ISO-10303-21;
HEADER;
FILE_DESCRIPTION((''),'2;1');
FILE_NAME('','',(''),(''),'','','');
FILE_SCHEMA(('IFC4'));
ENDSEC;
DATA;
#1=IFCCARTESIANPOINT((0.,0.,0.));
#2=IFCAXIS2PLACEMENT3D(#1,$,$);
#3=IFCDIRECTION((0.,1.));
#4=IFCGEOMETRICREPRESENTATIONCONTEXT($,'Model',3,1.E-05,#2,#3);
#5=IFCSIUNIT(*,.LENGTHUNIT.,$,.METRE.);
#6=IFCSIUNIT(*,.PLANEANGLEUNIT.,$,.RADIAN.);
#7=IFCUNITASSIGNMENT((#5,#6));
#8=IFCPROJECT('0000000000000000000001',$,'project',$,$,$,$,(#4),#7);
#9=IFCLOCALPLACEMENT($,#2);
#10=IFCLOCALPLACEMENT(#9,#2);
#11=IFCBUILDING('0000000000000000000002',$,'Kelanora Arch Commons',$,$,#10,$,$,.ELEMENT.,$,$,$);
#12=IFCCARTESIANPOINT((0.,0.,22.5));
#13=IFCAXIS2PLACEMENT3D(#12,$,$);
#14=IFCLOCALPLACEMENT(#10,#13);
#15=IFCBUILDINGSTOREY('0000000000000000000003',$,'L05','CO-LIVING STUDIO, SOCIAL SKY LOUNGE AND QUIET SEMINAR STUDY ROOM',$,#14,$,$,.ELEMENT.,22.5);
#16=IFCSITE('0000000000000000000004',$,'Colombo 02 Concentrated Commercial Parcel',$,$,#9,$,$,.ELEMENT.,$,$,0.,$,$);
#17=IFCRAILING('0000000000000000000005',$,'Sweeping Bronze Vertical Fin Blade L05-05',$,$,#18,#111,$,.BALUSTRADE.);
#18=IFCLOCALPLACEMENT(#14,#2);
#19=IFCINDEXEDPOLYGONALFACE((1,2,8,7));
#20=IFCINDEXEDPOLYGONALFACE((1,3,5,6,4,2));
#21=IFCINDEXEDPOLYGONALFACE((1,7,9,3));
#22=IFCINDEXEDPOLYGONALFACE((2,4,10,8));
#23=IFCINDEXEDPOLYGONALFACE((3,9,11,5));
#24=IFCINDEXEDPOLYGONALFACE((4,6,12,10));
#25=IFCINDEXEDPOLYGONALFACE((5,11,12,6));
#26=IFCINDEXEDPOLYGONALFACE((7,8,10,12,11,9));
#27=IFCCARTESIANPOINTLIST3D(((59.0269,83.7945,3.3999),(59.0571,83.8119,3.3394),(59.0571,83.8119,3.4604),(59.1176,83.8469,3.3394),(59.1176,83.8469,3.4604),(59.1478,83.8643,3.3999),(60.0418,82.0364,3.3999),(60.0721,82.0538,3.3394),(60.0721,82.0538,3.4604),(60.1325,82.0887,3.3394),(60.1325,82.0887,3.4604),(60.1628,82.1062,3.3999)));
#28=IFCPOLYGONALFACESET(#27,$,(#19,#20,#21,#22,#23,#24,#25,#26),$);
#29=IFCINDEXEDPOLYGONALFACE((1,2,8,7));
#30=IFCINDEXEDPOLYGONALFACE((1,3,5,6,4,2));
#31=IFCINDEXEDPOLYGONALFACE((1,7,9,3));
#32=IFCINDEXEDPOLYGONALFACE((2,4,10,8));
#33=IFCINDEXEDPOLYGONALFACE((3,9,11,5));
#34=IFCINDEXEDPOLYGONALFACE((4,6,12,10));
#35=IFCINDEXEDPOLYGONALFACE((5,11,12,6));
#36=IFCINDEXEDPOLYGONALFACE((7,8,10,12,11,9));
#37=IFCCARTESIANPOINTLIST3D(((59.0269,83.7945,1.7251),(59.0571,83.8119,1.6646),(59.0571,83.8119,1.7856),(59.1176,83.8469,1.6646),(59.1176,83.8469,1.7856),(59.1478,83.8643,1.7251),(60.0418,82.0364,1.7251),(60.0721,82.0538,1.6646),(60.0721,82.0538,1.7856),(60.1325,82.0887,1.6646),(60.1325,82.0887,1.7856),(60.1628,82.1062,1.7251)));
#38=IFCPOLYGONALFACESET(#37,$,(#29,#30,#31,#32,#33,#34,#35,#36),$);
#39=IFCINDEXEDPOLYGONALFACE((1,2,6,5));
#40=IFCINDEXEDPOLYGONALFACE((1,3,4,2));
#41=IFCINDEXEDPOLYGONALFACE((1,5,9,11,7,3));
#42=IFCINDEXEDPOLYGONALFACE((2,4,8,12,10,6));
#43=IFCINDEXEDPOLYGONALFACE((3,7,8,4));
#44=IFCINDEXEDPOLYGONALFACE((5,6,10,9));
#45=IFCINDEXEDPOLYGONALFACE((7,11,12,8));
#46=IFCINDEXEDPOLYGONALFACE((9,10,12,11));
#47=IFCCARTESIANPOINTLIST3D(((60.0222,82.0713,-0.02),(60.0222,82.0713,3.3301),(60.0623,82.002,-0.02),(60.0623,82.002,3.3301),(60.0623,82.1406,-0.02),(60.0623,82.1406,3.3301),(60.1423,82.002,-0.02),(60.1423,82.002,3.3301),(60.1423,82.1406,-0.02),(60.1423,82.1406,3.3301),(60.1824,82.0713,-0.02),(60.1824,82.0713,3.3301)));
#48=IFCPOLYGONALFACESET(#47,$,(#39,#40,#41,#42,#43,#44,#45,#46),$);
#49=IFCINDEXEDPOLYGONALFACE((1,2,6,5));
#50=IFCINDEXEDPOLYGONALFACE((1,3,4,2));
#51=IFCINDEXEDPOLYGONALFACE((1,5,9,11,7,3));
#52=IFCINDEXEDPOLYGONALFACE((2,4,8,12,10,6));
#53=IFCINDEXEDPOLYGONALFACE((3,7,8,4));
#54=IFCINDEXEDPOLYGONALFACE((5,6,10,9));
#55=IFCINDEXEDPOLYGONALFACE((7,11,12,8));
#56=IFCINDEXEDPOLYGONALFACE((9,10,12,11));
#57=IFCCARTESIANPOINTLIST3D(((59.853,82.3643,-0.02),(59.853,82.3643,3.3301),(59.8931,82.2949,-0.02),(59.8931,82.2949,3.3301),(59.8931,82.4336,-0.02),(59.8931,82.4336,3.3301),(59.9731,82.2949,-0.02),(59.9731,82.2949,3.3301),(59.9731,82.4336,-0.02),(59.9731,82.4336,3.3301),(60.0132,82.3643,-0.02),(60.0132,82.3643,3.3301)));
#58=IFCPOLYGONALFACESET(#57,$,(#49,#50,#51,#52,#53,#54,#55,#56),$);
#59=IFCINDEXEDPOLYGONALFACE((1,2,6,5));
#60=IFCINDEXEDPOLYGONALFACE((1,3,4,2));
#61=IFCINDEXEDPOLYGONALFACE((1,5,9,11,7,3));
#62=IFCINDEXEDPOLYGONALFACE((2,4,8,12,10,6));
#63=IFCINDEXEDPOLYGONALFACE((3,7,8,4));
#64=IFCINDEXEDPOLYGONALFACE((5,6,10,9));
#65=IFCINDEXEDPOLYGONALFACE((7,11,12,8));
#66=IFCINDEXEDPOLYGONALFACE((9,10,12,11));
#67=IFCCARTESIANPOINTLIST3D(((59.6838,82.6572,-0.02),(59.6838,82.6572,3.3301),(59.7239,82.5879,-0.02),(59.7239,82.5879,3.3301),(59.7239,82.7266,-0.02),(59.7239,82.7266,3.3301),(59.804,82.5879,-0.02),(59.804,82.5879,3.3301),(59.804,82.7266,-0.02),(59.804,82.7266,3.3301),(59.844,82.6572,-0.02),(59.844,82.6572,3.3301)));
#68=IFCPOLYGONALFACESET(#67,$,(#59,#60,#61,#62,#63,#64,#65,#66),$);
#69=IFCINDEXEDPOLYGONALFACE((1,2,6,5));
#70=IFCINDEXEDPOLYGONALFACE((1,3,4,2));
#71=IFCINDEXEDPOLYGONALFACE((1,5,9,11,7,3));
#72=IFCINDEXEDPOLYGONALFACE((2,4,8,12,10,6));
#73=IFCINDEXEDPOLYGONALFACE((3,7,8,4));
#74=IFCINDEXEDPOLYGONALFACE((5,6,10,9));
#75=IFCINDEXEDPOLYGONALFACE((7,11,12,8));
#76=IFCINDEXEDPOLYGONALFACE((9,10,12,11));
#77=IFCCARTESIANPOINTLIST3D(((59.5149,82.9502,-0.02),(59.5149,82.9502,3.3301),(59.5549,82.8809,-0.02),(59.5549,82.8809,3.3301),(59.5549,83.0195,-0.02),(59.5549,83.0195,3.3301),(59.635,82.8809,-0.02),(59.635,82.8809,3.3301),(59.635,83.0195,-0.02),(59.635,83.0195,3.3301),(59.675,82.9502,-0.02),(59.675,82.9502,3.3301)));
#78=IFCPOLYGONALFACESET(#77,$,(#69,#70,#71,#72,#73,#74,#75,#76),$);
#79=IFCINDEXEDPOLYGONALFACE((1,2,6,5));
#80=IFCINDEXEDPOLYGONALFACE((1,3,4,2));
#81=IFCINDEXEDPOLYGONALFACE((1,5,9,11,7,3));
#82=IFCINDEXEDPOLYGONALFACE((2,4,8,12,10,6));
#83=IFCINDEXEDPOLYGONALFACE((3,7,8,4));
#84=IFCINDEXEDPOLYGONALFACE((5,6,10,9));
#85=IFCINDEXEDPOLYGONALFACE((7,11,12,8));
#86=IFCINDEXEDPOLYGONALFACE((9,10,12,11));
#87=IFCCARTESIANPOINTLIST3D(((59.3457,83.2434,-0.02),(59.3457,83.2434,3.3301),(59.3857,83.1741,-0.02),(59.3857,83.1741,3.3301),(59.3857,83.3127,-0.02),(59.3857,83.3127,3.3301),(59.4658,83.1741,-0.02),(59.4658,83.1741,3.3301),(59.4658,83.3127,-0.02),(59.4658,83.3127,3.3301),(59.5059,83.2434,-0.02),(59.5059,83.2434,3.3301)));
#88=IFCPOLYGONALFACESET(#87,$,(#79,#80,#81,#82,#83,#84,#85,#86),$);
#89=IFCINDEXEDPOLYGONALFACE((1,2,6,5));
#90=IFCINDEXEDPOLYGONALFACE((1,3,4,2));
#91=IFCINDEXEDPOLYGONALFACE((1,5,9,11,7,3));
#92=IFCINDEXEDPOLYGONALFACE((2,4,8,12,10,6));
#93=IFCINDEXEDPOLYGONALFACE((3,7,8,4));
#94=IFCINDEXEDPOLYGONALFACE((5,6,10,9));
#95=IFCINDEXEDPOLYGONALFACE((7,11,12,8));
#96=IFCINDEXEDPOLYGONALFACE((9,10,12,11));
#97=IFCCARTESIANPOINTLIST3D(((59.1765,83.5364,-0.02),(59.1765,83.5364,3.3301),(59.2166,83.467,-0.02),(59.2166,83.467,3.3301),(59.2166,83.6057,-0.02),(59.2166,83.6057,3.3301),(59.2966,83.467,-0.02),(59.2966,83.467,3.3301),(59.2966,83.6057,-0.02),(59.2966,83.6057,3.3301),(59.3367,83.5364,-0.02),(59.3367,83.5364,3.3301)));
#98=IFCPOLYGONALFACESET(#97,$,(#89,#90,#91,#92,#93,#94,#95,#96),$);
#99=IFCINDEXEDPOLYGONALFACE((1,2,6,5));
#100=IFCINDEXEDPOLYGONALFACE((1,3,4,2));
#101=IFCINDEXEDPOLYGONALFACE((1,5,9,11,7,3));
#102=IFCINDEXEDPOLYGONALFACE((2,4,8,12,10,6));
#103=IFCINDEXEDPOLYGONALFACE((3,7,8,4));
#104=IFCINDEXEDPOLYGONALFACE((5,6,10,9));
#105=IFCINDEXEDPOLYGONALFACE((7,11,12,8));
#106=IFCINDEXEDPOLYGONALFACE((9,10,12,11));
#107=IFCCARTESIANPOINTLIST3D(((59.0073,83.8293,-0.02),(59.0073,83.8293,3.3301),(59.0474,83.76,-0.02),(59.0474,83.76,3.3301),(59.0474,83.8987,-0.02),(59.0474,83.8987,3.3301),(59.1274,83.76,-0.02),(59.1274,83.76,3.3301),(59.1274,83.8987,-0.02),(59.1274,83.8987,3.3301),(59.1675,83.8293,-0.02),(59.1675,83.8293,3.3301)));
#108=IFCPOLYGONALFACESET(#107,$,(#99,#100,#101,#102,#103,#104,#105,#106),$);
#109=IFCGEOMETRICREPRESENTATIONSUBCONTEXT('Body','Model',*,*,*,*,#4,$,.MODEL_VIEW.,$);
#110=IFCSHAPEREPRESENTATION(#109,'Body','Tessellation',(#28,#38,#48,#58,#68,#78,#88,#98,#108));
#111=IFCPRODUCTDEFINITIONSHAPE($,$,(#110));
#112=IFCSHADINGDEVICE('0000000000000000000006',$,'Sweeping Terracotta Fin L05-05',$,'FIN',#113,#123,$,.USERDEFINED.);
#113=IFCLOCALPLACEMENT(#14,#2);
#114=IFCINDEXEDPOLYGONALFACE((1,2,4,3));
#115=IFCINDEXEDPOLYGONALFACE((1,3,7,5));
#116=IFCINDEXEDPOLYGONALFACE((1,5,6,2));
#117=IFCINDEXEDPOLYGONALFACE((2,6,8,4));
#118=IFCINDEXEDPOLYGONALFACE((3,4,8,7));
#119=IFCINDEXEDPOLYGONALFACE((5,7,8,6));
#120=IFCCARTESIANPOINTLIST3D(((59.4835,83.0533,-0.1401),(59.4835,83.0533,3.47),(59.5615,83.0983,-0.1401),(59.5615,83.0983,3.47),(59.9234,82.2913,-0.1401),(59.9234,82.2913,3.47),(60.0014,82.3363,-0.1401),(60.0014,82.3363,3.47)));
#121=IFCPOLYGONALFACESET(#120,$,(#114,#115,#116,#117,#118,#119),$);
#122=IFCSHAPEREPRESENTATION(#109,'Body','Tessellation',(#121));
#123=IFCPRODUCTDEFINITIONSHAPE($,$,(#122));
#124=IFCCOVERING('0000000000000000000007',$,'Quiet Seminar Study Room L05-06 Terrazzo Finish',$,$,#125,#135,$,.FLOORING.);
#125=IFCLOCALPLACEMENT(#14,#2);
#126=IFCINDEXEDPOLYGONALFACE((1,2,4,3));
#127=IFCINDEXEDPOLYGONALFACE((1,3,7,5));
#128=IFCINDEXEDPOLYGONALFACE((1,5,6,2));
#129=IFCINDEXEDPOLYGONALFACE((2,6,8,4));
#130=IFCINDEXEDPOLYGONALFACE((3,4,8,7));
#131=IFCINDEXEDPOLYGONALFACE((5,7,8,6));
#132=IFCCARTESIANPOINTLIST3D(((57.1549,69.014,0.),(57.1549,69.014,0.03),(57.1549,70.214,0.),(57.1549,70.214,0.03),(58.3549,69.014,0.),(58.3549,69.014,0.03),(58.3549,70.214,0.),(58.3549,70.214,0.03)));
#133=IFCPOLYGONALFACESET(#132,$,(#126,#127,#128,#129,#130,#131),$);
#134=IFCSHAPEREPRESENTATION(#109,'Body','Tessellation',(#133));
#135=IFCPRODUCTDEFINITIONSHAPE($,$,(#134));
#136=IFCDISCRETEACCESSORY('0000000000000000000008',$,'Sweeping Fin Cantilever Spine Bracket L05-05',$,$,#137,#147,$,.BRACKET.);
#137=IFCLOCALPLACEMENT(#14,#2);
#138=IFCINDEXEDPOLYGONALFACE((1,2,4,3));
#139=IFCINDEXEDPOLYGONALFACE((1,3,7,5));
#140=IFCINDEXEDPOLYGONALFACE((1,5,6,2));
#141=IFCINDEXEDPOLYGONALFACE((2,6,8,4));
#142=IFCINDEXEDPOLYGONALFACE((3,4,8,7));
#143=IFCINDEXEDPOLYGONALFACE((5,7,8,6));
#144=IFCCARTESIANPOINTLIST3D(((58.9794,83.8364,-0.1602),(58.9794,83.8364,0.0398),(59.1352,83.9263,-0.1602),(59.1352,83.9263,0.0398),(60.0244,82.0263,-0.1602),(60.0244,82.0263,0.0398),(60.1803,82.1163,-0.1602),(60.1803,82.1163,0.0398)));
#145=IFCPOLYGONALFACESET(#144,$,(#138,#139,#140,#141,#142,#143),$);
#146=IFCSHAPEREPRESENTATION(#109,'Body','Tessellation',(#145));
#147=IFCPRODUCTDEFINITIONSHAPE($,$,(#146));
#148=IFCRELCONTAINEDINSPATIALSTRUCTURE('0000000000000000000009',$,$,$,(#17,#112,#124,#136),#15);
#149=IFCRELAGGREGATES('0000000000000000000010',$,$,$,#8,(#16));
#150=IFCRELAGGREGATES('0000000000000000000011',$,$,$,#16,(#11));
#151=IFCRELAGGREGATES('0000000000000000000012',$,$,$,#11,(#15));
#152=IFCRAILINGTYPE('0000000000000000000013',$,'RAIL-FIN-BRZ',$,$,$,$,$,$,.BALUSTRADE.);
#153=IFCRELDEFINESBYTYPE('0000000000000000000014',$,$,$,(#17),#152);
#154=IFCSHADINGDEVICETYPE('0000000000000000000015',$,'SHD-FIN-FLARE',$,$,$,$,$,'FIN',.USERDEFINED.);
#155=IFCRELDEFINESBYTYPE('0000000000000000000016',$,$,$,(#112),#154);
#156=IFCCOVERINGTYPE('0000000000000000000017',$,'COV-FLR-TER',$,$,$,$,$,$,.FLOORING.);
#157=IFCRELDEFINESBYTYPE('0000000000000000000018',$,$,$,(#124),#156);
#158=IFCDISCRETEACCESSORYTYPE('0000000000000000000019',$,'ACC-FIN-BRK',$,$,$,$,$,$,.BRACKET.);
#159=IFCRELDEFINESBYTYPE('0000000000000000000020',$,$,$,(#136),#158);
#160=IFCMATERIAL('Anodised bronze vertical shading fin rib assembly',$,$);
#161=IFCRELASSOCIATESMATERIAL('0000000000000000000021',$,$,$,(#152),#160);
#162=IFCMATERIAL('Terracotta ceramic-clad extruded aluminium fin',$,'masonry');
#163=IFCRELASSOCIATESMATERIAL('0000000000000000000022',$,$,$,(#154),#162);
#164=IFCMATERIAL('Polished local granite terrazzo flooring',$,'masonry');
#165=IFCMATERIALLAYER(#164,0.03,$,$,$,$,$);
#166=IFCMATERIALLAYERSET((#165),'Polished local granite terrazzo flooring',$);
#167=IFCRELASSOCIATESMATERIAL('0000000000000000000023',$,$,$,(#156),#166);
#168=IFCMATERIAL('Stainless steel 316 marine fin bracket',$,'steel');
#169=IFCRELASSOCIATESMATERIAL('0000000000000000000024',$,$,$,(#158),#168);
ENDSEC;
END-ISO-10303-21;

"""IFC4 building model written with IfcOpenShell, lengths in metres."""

from ifc_helpers import new_model, si_unit, direction, frame, origin, origin_2d, place, context, subcontext, project, spatial, polyline, rectangle, outline, extrude, source, transform, mapped, material, layer, layer_set, type_object, element, save


model = new_model("IFC4")

# Units and contexts
model_context = context("Model", 3, precision=1e-05, world=origin(), true_north=direction((0.0, 1.0)))
body_context = subcontext(model_context, "Body", "Model", "MODEL_VIEW")
ifc_project = project(units=[si_unit("LENGTHUNIT", "METRE"), si_unit("PLANEANGLEUNIT", "RADIAN")], contexts=[model_context])

# Site, building, storey
site_placement = place(None, origin())
site = spatial("IfcSite", under=ifc_project, at=site_placement, Name="Colombo 02 Concentrated Commercial Parcel", CompositionType="ELEMENT", RefElevation=0.0)
building_placement = place(site_placement, origin())
building = spatial("IfcBuilding", under=site, at=building_placement, Name="Kelanora Arch Commons", CompositionType="ELEMENT")
storey_placement = place(building_placement, frame((0.0, 0.0, 22.5)))
storey = spatial("IfcBuildingStorey", under=building, at=storey_placement, Name="L05", Description="CO-LIVING STUDIO, SOCIAL SKY LOUNGE AND QUIET SEMINAR STUDY ROOM", CompositionType="ELEMENT", Elevation=22.5)

# Railing
ifc_material_1 = material(Name="Anodised bronze vertical shading fin rib assembly")
railing_type = type_object("IfcRailingType", Name="RAIL-FIN-BRZ", PredefinedType="BALUSTRADE", material=ifc_material_1)
railing_placement = place(storey_placement, frame((60.1023, 82.0713, -0.02)))
element("IfcRailing", 1, at=railing_placement, inside=storey, type_object=railing_type, Name="Sweeping Bronze Vertical Fin Blade L05-05", PredefinedType="BALUSTRADE", context=body_context, shape_type="SweptSolid", body=[
    extrude(outline(polyline([(0.0698, 0.0), (0.0349, 0.0605), (-0.0349, 0.0605), (-0.0698, 0.0), (-0.0349, -0.0605), (0.0349, -0.0605), (0.0698, 0.0)])), frame((0.0, 0.0, 3.4199), z_axis=(-0.499955, 0.866051, 0.0), x_axis=(-0.866051, -0.499955, 0.0)), (0.0, 0.0, 1.0), 2.03),
    extrude(outline(polyline([(0.0698, 0.0), (0.0349, 0.0605), (-0.0349, 0.0605), (-0.0698, 0.0), (-0.0349, -0.0605), (0.0349, -0.0605), (0.0698, 0.0)])), frame((0.0, 0.0, 1.7451), z_axis=(-0.499955, 0.866051, 0.0), x_axis=(-0.866051, -0.499955, 0.0)), (0.0, 0.0, 1.0), 2.03),
    extrude(outline(polyline([(0.0801, 0.0), (0.04, 0.0693), (-0.04, 0.0693), (-0.0801, 0.0), (-0.04, -0.0693), (0.04, -0.0693), (0.0801, 0.0)])), origin(), (0.0, 0.0, 1.0), 3.3501),
    extrude(outline(polyline([(0.0801, 0.0), (0.04, 0.0693), (-0.04, 0.0693), (-0.0801, 0.0), (-0.04, -0.0693), (0.04, -0.0693), (0.0801, 0.0)])), frame((-0.1692, 0.293, 0.0)), (0.0, 0.0, 1.0), 3.3501),
    extrude(outline(polyline([(0.0801, 0.0), (0.04, 0.0693), (-0.04, 0.0693), (-0.0801, 0.0), (-0.04, -0.0693), (0.04, -0.0693), (0.0801, 0.0)])), frame((-0.3384, 0.5859, 0.0)), (0.0, 0.0, 1.0), 3.3501),
    extrude(outline(polyline([(0.0801, 0.0), (0.04, 0.0693), (-0.04, 0.0693), (-0.0801, 0.0), (-0.04, -0.0693), (0.04, -0.0693), (0.0801, 0.0)])), frame((-0.5073, 0.8789, 0.0)), (0.0, 0.0, 1.0), 3.3501),
    extrude(outline(polyline([(0.0801, 0.0), (0.04, 0.0693), (-0.04, 0.0693), (-0.0801, 0.0), (-0.04, -0.0693), (0.04, -0.0693), (0.0801, 0.0)])), frame((-0.6765, 1.1721, 0.0)), (0.0, 0.0, 1.0), 3.3501),
    extrude(outline(polyline([(0.0801, 0.0), (0.04, 0.0693), (-0.04, 0.0693), (-0.0801, 0.0), (-0.04, -0.0693), (0.04, -0.0693), (0.0801, 0.0)])), frame((-0.8457, 1.4651, 0.0)), (0.0, 0.0, 1.0), 3.3501),
    extrude(outline(polyline([(0.0801, 0.0), (0.04, 0.0693), (-0.04, 0.0693), (-0.0801, 0.0), (-0.04, -0.0693), (0.04, -0.0693), (0.0801, 0.0)])), frame((-1.0149, 1.7581, 0.0)), (0.0, 0.0, 1.0), 3.3501),
])

# Shading device
ifc_material_2 = material(Name="Terracotta ceramic-clad extruded aluminium fin", Category="masonry")
shading_device_type = type_object("IfcShadingDeviceType", Name="SHD-FIN-FLARE", ElementType="FIN", PredefinedType="USERDEFINED", material=ifc_material_2)
shared_shape_1 = source(origin(), body_context, "Body", "SweptSolid", [
    extrude(rectangle(XDim=0.8799, YDim=0.0901, at=origin_2d()), origin(), (0.0, 0.0, 1.0), 3.6101),
])
shading_device_placement = place(storey_placement, frame((59.7424, 82.6948, -0.1401), z_axis=(0.0, 0.0, 1.0), x_axis=(-0.5, 0.866025, 0.0)))
element("IfcShadingDevice", 2, at=shading_device_placement, inside=storey, type_object=shading_device_type, Name="Sweeping Terracotta Fin L05-05", ObjectType="FIN", PredefinedType="USERDEFINED", context=body_context, shape_type="MappedRepresentation", body=[
    mapped(shared_shape_1, transform((0.0, 0.0, 0.0), scale=1.0)),
])

# Covering
ifc_material_3 = material(Name="Polished local granite terrazzo flooring", Category="masonry")
ifc_layer_1 = layer(ifc_material_3, 0.03)
ifc_layer_set_1 = layer_set([ifc_layer_1], Name="Polished local granite terrazzo flooring")
covering_type = type_object("IfcCoveringType", Name="COV-FLR-TER", PredefinedType="FLOORING", material=ifc_layer_set_1)
shared_shape_2 = source(origin(), body_context, "Body", "SweptSolid", [
    extrude(rectangle(XDim=1.2, YDim=1.2, at=origin_2d()), origin(), (0.0, 0.0, 1.0), 0.03),
])
covering_placement = place(storey_placement, frame((57.7549, 69.614, 0.0), z_axis=(0.0, 0.0, 1.0), x_axis=(1.0, 0.0, 0.0)))
element("IfcCovering", 3, at=covering_placement, inside=storey, type_object=covering_type, Name="Quiet Seminar Study Room L05-06 Terrazzo Finish", PredefinedType="FLOORING", context=body_context, shape_type="MappedRepresentation", body=[
    mapped(shared_shape_2, transform((0.0, 0.0, 0.0), scale=1.0)),
])

# Discrete accessory
ifc_material_4 = material(Name="Stainless steel 316 marine fin bracket", Category="steel")
discrete_accessory_type = type_object("IfcDiscreteAccessoryType", Name="ACC-FIN-BRK", PredefinedType="BRACKET", material=ifc_material_4)
shared_shape_3 = source(origin(), body_context, "Body", "SweptSolid", [
    extrude(rectangle(XDim=2.0901, YDim=0.1799, at=origin_2d()), origin(), (0.0, 0.0, 1.0), 0.2),
])
discrete_accessory_placement = place(storey_placement, frame((59.5798, 82.9763, -0.1602), z_axis=(0.0, 0.0, 1.0), x_axis=(-0.5, 0.866025, 0.0)))
element("IfcDiscreteAccessory", 4, at=discrete_accessory_placement, inside=storey, type_object=discrete_accessory_type, Name="Sweeping Fin Cantilever Spine Bracket L05-05", PredefinedType="BRACKET", context=body_context, shape_type="MappedRepresentation", body=[
    mapped(shared_shape_3, transform((0.0, 0.0, 0.0), scale=1.0)),
])

save(model, "model.ifc")
